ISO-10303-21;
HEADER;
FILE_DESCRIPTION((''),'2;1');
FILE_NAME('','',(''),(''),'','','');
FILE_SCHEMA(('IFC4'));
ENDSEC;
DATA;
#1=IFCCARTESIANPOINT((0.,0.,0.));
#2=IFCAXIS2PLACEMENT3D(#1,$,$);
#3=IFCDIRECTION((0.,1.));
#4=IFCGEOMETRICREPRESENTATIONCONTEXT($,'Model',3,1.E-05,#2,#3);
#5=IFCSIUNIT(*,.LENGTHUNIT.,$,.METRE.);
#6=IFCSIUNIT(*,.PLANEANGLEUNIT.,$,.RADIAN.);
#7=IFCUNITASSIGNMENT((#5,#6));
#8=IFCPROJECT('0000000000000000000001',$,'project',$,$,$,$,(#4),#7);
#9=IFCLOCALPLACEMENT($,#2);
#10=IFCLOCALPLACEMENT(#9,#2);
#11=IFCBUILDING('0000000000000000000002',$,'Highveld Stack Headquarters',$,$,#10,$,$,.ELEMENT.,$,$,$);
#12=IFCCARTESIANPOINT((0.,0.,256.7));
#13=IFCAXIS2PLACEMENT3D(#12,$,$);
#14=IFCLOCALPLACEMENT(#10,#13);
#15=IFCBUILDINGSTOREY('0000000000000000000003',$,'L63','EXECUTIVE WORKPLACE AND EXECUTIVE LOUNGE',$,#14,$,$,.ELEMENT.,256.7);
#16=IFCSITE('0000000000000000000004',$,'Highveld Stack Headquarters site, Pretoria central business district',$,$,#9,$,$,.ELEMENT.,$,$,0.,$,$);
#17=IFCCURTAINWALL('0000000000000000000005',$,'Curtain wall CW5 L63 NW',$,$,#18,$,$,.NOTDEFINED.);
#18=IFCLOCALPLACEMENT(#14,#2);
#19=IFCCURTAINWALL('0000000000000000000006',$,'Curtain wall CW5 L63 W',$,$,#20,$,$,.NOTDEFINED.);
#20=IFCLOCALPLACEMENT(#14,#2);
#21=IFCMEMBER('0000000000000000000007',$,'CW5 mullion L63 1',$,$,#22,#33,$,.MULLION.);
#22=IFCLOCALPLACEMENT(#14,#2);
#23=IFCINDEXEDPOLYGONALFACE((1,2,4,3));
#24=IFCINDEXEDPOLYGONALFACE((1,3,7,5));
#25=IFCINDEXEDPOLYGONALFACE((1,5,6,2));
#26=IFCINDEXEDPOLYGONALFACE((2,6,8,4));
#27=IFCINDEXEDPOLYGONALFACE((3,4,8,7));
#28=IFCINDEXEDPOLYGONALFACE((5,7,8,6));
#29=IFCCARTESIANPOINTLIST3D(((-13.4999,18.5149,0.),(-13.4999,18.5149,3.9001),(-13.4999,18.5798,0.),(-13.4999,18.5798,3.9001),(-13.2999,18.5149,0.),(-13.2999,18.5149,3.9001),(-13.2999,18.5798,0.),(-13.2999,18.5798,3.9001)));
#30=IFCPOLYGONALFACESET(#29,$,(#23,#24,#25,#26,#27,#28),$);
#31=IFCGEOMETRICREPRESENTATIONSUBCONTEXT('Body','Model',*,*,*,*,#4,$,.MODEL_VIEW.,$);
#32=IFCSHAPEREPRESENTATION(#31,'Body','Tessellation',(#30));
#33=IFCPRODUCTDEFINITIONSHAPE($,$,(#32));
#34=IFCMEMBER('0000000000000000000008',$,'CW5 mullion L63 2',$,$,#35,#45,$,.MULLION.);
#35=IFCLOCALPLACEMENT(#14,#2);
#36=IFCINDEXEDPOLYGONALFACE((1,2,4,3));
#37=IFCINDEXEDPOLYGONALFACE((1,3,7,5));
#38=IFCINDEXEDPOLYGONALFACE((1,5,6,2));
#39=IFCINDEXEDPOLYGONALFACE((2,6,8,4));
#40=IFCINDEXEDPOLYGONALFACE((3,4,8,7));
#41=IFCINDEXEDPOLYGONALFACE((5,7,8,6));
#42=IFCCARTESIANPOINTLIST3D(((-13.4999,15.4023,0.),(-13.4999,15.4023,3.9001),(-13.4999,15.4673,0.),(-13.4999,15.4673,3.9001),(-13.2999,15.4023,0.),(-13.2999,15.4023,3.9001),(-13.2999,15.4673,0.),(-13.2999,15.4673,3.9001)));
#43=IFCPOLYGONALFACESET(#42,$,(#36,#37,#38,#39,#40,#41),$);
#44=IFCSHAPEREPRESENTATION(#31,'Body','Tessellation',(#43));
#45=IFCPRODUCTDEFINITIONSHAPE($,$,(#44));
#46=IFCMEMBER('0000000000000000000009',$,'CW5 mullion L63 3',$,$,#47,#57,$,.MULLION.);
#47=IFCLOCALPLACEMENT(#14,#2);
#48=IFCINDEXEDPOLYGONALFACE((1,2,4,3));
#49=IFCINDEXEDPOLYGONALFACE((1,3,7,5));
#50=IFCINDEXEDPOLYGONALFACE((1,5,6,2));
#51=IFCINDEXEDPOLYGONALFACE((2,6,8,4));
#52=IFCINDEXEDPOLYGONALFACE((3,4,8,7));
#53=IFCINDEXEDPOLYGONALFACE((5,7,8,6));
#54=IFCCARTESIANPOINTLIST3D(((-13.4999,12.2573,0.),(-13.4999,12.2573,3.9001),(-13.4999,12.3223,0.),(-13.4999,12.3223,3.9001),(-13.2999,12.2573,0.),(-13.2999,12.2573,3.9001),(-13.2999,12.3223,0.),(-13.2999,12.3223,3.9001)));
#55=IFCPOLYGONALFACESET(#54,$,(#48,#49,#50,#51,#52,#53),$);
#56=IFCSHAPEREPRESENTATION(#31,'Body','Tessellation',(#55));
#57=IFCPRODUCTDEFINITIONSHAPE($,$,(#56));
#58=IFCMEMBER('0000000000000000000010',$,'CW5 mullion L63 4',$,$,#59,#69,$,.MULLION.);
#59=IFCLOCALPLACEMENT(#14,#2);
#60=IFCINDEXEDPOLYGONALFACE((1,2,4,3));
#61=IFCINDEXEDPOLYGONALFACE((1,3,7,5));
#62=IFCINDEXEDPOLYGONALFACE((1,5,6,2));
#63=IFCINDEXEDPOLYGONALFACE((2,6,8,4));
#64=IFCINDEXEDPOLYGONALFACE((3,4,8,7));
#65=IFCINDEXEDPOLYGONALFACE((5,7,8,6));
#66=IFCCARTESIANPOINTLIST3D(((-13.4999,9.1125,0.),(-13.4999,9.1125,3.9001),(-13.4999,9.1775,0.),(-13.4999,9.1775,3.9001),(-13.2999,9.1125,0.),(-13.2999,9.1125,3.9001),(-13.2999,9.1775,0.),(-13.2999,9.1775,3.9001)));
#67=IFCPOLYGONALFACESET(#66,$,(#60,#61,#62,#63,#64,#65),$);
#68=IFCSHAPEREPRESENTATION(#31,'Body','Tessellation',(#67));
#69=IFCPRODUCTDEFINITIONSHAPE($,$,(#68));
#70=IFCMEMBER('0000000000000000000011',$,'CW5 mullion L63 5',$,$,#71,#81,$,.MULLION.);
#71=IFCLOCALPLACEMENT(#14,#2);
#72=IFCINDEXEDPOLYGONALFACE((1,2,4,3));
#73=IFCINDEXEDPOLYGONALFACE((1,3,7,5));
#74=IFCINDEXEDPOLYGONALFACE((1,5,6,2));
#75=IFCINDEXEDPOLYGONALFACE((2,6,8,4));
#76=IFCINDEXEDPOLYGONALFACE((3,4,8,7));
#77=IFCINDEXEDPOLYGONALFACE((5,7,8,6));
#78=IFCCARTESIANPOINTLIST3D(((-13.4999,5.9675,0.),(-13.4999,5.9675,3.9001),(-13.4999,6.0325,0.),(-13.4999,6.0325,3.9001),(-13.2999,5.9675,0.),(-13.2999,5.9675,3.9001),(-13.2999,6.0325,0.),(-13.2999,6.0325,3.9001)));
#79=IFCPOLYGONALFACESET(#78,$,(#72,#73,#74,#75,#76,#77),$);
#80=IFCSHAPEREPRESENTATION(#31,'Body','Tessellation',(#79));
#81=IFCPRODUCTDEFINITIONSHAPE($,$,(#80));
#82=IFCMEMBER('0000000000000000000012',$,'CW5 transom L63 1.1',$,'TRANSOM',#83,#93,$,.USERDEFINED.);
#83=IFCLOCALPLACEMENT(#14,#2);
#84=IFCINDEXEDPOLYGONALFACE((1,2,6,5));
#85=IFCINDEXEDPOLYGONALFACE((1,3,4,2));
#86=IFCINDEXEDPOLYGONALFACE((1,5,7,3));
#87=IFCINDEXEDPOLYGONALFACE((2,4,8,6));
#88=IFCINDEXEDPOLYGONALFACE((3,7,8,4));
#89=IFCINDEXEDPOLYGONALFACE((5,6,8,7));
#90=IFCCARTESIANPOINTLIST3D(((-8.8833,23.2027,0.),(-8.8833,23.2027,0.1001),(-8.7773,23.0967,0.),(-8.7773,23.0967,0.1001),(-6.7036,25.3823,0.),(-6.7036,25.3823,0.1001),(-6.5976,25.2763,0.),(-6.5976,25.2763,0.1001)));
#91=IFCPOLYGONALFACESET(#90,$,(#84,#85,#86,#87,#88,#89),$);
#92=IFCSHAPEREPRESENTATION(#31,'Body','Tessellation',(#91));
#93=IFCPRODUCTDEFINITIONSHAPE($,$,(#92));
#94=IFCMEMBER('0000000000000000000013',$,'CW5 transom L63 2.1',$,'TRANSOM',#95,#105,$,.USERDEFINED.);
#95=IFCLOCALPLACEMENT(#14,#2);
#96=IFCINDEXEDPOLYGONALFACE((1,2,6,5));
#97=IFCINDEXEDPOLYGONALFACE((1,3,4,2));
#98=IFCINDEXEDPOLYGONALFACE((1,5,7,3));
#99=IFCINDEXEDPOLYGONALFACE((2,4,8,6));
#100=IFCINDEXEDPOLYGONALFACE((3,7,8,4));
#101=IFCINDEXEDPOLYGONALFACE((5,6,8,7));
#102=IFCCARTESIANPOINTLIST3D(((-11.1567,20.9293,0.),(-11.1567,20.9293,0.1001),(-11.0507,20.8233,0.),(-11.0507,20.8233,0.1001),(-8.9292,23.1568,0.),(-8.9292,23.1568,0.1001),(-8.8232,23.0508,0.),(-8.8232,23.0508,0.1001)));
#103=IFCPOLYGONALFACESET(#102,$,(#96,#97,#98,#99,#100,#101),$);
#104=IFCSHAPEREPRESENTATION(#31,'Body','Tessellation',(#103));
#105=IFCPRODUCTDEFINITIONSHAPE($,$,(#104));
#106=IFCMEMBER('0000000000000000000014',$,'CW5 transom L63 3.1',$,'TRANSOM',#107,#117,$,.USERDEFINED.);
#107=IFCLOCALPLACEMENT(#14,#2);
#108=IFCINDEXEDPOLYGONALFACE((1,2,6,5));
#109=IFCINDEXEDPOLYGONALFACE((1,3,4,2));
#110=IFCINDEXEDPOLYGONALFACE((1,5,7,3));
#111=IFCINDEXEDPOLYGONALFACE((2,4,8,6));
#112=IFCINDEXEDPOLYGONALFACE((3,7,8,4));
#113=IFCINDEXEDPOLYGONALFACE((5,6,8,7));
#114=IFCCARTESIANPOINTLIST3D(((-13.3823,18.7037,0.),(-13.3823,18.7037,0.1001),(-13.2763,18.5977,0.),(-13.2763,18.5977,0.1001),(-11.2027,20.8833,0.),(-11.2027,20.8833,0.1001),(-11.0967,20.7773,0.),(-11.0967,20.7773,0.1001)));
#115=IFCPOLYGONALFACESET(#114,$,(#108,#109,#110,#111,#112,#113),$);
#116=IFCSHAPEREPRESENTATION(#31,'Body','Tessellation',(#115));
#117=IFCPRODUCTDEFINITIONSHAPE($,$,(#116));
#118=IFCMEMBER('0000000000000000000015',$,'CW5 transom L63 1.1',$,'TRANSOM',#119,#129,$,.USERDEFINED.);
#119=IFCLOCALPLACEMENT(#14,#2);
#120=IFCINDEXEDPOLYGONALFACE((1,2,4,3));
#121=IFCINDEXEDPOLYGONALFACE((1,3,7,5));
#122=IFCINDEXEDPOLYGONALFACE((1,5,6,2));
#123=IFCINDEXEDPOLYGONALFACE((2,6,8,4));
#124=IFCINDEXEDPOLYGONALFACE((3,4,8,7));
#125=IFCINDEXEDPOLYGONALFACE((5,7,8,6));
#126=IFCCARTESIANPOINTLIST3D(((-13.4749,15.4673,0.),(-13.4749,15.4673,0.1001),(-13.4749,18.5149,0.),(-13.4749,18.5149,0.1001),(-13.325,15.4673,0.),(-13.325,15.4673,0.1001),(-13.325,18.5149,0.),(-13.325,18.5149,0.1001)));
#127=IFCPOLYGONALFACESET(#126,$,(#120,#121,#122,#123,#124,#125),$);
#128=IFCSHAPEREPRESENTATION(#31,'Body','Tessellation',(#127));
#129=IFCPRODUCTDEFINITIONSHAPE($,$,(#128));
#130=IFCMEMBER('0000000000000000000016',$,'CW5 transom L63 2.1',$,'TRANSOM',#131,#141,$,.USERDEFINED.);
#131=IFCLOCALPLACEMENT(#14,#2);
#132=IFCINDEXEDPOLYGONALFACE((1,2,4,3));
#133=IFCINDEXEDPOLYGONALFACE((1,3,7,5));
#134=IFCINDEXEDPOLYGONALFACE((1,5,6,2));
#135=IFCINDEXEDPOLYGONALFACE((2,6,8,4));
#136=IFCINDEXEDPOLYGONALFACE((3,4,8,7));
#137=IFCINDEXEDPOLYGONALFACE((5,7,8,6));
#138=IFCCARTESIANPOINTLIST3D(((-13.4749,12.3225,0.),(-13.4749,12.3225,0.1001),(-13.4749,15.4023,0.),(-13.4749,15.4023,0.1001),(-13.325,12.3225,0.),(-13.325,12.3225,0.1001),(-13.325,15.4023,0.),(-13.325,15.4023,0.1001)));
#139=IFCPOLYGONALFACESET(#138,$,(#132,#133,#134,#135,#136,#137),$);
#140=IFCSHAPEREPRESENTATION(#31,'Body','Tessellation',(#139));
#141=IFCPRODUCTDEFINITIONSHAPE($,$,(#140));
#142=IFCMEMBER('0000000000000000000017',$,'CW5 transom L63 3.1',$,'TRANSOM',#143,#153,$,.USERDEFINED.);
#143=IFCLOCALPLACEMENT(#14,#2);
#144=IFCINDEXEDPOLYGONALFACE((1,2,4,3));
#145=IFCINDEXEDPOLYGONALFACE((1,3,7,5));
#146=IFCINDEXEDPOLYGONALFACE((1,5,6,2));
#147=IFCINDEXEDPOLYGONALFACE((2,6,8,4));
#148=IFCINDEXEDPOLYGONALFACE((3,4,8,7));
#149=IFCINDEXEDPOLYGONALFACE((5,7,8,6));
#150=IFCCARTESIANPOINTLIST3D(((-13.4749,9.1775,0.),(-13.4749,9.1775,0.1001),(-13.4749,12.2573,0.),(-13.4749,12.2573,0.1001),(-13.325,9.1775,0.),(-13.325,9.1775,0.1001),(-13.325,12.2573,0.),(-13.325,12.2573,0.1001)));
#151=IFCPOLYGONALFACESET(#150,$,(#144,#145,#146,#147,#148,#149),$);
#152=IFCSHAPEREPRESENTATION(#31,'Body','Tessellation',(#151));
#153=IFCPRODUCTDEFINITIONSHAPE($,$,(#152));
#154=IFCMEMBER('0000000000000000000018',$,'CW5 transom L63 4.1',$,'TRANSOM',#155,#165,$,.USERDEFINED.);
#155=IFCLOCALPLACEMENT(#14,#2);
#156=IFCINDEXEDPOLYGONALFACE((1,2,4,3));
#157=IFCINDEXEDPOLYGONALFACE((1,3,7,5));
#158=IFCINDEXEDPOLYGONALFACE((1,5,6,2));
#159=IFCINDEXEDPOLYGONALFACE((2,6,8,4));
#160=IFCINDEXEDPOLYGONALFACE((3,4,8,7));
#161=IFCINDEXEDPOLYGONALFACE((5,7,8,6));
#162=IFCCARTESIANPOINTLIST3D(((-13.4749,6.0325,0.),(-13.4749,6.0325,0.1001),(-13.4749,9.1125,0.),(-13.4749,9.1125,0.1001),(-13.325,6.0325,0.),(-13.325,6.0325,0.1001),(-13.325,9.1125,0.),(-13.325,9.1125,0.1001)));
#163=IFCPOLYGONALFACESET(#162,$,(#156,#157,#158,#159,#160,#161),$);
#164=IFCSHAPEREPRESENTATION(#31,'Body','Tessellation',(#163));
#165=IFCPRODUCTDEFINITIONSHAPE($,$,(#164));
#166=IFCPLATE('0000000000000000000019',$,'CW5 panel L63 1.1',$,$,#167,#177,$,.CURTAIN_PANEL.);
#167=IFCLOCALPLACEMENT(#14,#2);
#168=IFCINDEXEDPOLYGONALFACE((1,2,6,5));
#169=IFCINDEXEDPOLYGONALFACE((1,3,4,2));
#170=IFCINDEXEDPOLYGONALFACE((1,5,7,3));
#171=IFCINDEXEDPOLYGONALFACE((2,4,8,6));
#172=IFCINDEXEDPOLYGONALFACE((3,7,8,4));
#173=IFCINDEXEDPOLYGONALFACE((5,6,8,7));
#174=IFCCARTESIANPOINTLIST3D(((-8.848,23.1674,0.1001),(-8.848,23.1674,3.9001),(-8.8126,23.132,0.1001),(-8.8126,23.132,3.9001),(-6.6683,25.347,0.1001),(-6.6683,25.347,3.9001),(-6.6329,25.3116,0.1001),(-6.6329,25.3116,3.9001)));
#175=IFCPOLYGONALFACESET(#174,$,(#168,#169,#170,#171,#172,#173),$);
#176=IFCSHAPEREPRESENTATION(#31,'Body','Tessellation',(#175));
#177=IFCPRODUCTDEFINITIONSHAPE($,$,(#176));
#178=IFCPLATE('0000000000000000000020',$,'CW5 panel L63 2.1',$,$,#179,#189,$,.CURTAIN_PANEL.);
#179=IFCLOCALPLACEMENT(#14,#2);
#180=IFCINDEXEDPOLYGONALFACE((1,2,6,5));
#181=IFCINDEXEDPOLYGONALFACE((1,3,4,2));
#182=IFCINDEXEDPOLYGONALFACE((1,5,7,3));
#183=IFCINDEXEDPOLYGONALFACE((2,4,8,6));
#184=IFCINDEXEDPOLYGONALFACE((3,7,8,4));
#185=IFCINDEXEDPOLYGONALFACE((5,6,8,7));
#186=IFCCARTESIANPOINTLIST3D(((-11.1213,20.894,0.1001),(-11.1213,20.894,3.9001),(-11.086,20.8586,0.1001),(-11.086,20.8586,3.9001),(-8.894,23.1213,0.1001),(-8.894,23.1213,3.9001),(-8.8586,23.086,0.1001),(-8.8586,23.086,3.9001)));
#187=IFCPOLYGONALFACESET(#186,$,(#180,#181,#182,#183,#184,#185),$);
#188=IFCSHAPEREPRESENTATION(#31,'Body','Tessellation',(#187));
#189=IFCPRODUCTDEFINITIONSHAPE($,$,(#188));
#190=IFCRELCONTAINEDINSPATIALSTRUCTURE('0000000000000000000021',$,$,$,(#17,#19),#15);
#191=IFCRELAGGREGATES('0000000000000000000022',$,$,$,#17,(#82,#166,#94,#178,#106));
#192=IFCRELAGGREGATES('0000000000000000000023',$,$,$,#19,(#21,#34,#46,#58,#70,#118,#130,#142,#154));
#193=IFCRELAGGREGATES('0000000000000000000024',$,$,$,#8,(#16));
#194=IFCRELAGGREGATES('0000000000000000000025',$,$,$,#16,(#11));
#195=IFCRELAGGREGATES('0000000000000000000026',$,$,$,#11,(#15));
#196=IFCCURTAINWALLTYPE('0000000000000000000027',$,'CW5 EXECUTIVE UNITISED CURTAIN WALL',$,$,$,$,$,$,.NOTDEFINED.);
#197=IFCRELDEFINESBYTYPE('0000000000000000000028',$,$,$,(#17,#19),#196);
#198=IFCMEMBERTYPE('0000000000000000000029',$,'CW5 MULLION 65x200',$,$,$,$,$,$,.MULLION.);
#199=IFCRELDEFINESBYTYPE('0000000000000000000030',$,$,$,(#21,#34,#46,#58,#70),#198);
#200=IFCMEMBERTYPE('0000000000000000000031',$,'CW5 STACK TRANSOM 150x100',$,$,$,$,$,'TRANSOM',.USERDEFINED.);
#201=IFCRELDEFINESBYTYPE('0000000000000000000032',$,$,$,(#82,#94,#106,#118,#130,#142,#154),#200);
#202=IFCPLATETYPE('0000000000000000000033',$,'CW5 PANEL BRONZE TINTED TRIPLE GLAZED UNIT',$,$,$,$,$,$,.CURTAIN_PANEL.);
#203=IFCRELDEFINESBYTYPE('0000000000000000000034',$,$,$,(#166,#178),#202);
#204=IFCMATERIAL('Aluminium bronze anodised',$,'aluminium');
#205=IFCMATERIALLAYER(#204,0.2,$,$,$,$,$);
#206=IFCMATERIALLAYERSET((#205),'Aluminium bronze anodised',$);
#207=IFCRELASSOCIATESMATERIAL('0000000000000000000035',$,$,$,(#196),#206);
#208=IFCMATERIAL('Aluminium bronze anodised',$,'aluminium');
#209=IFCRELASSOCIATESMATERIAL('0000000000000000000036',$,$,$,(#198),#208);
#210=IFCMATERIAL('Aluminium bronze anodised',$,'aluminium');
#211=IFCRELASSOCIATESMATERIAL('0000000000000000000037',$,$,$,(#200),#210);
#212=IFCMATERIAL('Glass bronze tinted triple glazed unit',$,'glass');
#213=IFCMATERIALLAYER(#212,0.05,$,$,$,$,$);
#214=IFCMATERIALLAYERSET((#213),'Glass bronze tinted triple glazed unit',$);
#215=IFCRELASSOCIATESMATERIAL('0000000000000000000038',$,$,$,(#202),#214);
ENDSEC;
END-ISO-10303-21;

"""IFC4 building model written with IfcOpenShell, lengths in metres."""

from ifc_helpers import new_model, si_unit, direction, frame, origin, origin_2d, place, context, subcontext, project, spatial, rectangle, extrude, material, layer, layer_set, material_profile, profile_set, type_object, element, aggregate, save


model = new_model("IFC4")

# Units and contexts
model_context = context("Model", 3, precision=1e-05, world=origin(), true_north=direction((0.0, 1.0)))
body_context = subcontext(model_context, "Body", "Model", "MODEL_VIEW")
ifc_project = project(units=[si_unit("LENGTHUNIT", "METRE"), si_unit("PLANEANGLEUNIT", "RADIAN")], contexts=[model_context])

# Site, building, storey
site_placement = place(None, origin())
site = spatial("IfcSite", under=ifc_project, at=site_placement, Name="Highveld Stack Headquarters site, Pretoria central business district", CompositionType="ELEMENT", RefElevation=0.0)
building_placement = place(site_placement, origin())
building = spatial("IfcBuilding", under=site, at=building_placement, Name="Highveld Stack Headquarters", CompositionType="ELEMENT")
storey_placement = place(building_placement, frame((0.0, 0.0, 256.7)))
storey = spatial("IfcBuildingStorey", under=building, at=storey_placement, Name="L63", Description="EXECUTIVE WORKPLACE AND EXECUTIVE LOUNGE", CompositionType="ELEMENT", Elevation=256.7)

# Shared definitions
ifc_material_1 = material(Name="Aluminium bronze anodised", Category="aluminium")
ifc_layer_1 = layer(ifc_material_1, 0.2)
ifc_layer_set_1 = layer_set([ifc_layer_1], Name="Aluminium bronze anodised")
curtain_wall_type = type_object("IfcCurtainWallType", Name="CW5 EXECUTIVE UNITISED CURTAIN WALL", PredefinedType="NOTDEFINED", material=ifc_layer_set_1)

# Curtain walls
curtain_wall_1_placement = place(storey_placement, origin())
curtain_wall_1 = element("IfcCurtainWall", 1, at=curtain_wall_1_placement, inside=storey, type_object=curtain_wall_type, Name="Curtain wall CW5 L63 NW", PredefinedType="NOTDEFINED")
curtain_wall_2_placement = place(storey_placement, origin())
curtain_wall_2 = element("IfcCurtainWall", 2, at=curtain_wall_2_placement, inside=storey, type_object=curtain_wall_type, Name="Curtain wall CW5 L63 W", PredefinedType="NOTDEFINED")

# Members
ifc_material_2 = material(Name="Aluminium bronze anodised", Category="aluminium")
ifc_material_profile_1 = material_profile(ifc_material_2, rectangle(XDim=0.2, YDim=0.0649, at=origin_2d()), Name="CW5 MULLION 65x200")
ifc_profile_set_1 = profile_set([ifc_material_profile_1], Name="Aluminium bronze anodised")
member_type_1 = type_object("IfcMemberType", Name="CW5 MULLION 65x200", PredefinedType="MULLION", material=ifc_profile_set_1)
member_1_placement = place(storey_placement, frame((-13.3999, 18.5474, 0.0), z_axis=(0.0, 0.0, 1.0), x_axis=(1.0, 0.0, 0.0)))
member_1 = element("IfcMember", 3, at=member_1_placement, type_object=member_type_1, Name="CW5 mullion L63 1", PredefinedType="MULLION", context=body_context, shape_type="SweptSolid", body=[
    extrude(rectangle(XDim=0.2, YDim=0.0649, at=origin_2d()), origin(), (0.0, 0.0, 1.0), 3.9001),
])
member_2_placement = place(storey_placement, frame((-13.3999, 15.4348, 0.0), z_axis=(0.0, 0.0, 1.0), x_axis=(1.0, 0.0, 0.0)))
member_2 = element("IfcMember", 4, at=member_2_placement, type_object=member_type_1, Name="CW5 mullion L63 2", PredefinedType="MULLION", context=body_context, shape_type="SweptSolid", body=[
    extrude(rectangle(XDim=0.2, YDim=0.0649, at=origin_2d()), origin(), (0.0, 0.0, 1.0), 3.9001),
])
member_3_placement = place(storey_placement, frame((-13.3999, 12.2898, 0.0), z_axis=(0.0, 0.0, 1.0), x_axis=(1.0, 0.0, 0.0)))
member_3 = element("IfcMember", 5, at=member_3_placement, type_object=member_type_1, Name="CW5 mullion L63 3", PredefinedType="MULLION", context=body_context, shape_type="SweptSolid", body=[
    extrude(rectangle(XDim=0.2, YDim=0.0649, at=origin_2d()), origin(), (0.0, 0.0, 1.0), 3.9001),
])
member_4_placement = place(storey_placement, frame((-13.3999, 9.145, 0.0), z_axis=(0.0, 0.0, 1.0), x_axis=(1.0, 0.0, 0.0)))
member_4 = element("IfcMember", 6, at=member_4_placement, type_object=member_type_1, Name="CW5 mullion L63 4", PredefinedType="MULLION", context=body_context, shape_type="SweptSolid", body=[
    extrude(rectangle(XDim=0.2, YDim=0.0649, at=origin_2d()), origin(), (0.0, 0.0, 1.0), 3.9001),
])
member_5_placement = place(storey_placement, frame((-13.3999, 6.0, 0.0), z_axis=(0.0, 0.0, 1.0), x_axis=(1.0, 0.0, 0.0)))
member_5 = element("IfcMember", 7, at=member_5_placement, type_object=member_type_1, Name="CW5 mullion L63 5", PredefinedType="MULLION", context=body_context, shape_type="SweptSolid", body=[
    extrude(rectangle(XDim=0.2, YDim=0.0649, at=origin_2d()), origin(), (0.0, 0.0, 1.0), 3.9001),
])
ifc_material_3 = material(Name="Aluminium bronze anodised", Category="aluminium")
ifc_material_profile_2 = material_profile(ifc_material_3, rectangle(XDim=0.1499, YDim=0.1001, at=origin_2d()), Name="CW5 TRANSOM 150x100")
ifc_profile_set_2 = profile_set([ifc_material_profile_2], Name="Aluminium bronze anodised")
member_type_2 = type_object("IfcMemberType", Name="CW5 STACK TRANSOM 150x100", ElementType="TRANSOM", PredefinedType="USERDEFINED", material=ifc_profile_set_2)
member_6_placement = place(storey_placement, frame((-6.6506, 25.3293, 0.05), z_axis=(-0.707107, -0.707107, 0.0), x_axis=(0.707107, -0.707107, 0.0)))
member_6 = element("IfcMember", 8, at=member_6_placement, type_object=member_type_2, Name="CW5 transom L63 1.1", ObjectType="TRANSOM", PredefinedType="USERDEFINED", context=body_context, shape_type="SweptSolid", body=[
    extrude(rectangle(XDim=0.1499, YDim=0.1001, at=origin_2d()), origin(), (0.0, 0.0, 1.0), 3.0825),
])
member_7_placement = place(storey_placement, frame((-8.8762, 23.1038, 0.05), z_axis=(-0.707107, -0.707107, 0.0), x_axis=(0.707107, -0.707107, 0.0)))
member_7 = element("IfcMember", 9, at=member_7_placement, type_object=member_type_2, Name="CW5 transom L63 2.1", ObjectType="TRANSOM", PredefinedType="USERDEFINED", context=body_context, shape_type="SweptSolid", body=[
    extrude(rectangle(XDim=0.1499, YDim=0.1001, at=origin_2d()), origin(), (0.0, 0.0, 1.0), 3.1501),
])
member_8_placement = place(storey_placement, frame((-11.1497, 20.8303, 0.05), z_axis=(-0.707107, -0.707107, 0.0), x_axis=(0.707107, -0.707107, 0.0)))
member_8 = element("IfcMember", 10, at=member_8_placement, type_object=member_type_2, Name="CW5 transom L63 3.1", ObjectType="TRANSOM", PredefinedType="USERDEFINED", context=body_context, shape_type="SweptSolid", body=[
    extrude(rectangle(XDim=0.1499, YDim=0.1001, at=origin_2d()), origin(), (0.0, 0.0, 1.0), 3.0825),
])
member_9_placement = place(storey_placement, frame((-13.3999, 18.5149, 0.05), z_axis=(0.0, -1.0, 0.0), x_axis=(1.0, 0.0, 0.0)))
member_9 = element("IfcMember", 11, at=member_9_placement, type_object=member_type_2, Name="CW5 transom L63 1.1", ObjectType="TRANSOM", PredefinedType="USERDEFINED", context=body_context, shape_type="SweptSolid", body=[
    extrude(rectangle(XDim=0.1499, YDim=0.1001, at=origin_2d()), origin(), (0.0, 0.0, 1.0), 3.0476),
])
member_10_placement = place(storey_placement, frame((-13.3999, 15.4023, 0.05), z_axis=(0.0, -1.0, 0.0), x_axis=(1.0, 0.0, 0.0)))
member_10 = element("IfcMember", 12, at=member_10_placement, type_object=member_type_2, Name="CW5 transom L63 2.1", ObjectType="TRANSOM", PredefinedType="USERDEFINED", context=body_context, shape_type="SweptSolid", body=[
    extrude(rectangle(XDim=0.1499, YDim=0.1001, at=origin_2d()), origin(), (0.0, 0.0, 1.0), 3.0798),
])
member_11_placement = place(storey_placement, frame((-13.3999, 12.2573, 0.05), z_axis=(0.0, -1.0, 0.0), x_axis=(1.0, 0.0, 0.0)))
member_11 = element("IfcMember", 13, at=member_11_placement, type_object=member_type_2, Name="CW5 transom L63 3.1", ObjectType="TRANSOM", PredefinedType="USERDEFINED", context=body_context, shape_type="SweptSolid", body=[
    extrude(rectangle(XDim=0.1499, YDim=0.1001, at=origin_2d()), origin(), (0.0, 0.0, 1.0), 3.0798),
])
member_12_placement = place(storey_placement, frame((-13.3999, 9.1125, 0.05), z_axis=(0.0, -1.0, 0.0), x_axis=(1.0, 0.0, 0.0)))
member_12 = element("IfcMember", 14, at=member_12_placement, type_object=member_type_2, Name="CW5 transom L63 4.1", ObjectType="TRANSOM", PredefinedType="USERDEFINED", context=body_context, shape_type="SweptSolid", body=[
    extrude(rectangle(XDim=0.1499, YDim=0.1001, at=origin_2d()), origin(), (0.0, 0.0, 1.0), 3.0801),
])

# Plates
ifc_material_4 = material(Name="Glass bronze tinted triple glazed unit", Category="glass")
ifc_layer_2 = layer(ifc_material_4, 0.05)
ifc_layer_set_2 = layer_set([ifc_layer_2], Name="Glass bronze tinted triple glazed unit")
plate_type = type_object("IfcPlateType", Name="CW5 PANEL BRONZE TINTED TRIPLE GLAZED UNIT", PredefinedType="CURTAIN_PANEL", material=ifc_layer_set_2)
plate_1_placement = place(storey_placement, frame((-7.7405, 24.2395, 0.1001), z_axis=(0.0, 0.0, 1.0), x_axis=(-0.707107, -0.707107, 0.0)))
plate_1 = element("IfcPlate", 15, at=plate_1_placement, type_object=plate_type, Name="CW5 panel L63 1.1", PredefinedType="CURTAIN_PANEL", context=body_context, shape_type="SweptSolid", body=[
    extrude(rectangle(XDim=3.0825, YDim=0.05, at=origin_2d()), origin(), (0.0, 0.0, 1.0), 3.8),
])
plate_2_placement = place(storey_placement, frame((-9.99, 21.99, 0.1001), z_axis=(0.0, 0.0, 1.0), x_axis=(-0.707107, -0.707107, 0.0)))
plate_2 = element("IfcPlate", 16, at=plate_2_placement, type_object=plate_type, Name="CW5 panel L63 2.1", PredefinedType="CURTAIN_PANEL", context=body_context, shape_type="SweptSolid", body=[
    extrude(rectangle(XDim=3.1499, YDim=0.05, at=origin_2d()), origin(), (0.0, 0.0, 1.0), 3.8),
])
aggregate(curtain_wall_1, [member_6, plate_1, member_7, plate_2, member_8])
aggregate(curtain_wall_2, [member_1, member_2, member_3, member_4, member_5, member_9, member_10, member_11, member_12])

save(model, "model.ifc")
